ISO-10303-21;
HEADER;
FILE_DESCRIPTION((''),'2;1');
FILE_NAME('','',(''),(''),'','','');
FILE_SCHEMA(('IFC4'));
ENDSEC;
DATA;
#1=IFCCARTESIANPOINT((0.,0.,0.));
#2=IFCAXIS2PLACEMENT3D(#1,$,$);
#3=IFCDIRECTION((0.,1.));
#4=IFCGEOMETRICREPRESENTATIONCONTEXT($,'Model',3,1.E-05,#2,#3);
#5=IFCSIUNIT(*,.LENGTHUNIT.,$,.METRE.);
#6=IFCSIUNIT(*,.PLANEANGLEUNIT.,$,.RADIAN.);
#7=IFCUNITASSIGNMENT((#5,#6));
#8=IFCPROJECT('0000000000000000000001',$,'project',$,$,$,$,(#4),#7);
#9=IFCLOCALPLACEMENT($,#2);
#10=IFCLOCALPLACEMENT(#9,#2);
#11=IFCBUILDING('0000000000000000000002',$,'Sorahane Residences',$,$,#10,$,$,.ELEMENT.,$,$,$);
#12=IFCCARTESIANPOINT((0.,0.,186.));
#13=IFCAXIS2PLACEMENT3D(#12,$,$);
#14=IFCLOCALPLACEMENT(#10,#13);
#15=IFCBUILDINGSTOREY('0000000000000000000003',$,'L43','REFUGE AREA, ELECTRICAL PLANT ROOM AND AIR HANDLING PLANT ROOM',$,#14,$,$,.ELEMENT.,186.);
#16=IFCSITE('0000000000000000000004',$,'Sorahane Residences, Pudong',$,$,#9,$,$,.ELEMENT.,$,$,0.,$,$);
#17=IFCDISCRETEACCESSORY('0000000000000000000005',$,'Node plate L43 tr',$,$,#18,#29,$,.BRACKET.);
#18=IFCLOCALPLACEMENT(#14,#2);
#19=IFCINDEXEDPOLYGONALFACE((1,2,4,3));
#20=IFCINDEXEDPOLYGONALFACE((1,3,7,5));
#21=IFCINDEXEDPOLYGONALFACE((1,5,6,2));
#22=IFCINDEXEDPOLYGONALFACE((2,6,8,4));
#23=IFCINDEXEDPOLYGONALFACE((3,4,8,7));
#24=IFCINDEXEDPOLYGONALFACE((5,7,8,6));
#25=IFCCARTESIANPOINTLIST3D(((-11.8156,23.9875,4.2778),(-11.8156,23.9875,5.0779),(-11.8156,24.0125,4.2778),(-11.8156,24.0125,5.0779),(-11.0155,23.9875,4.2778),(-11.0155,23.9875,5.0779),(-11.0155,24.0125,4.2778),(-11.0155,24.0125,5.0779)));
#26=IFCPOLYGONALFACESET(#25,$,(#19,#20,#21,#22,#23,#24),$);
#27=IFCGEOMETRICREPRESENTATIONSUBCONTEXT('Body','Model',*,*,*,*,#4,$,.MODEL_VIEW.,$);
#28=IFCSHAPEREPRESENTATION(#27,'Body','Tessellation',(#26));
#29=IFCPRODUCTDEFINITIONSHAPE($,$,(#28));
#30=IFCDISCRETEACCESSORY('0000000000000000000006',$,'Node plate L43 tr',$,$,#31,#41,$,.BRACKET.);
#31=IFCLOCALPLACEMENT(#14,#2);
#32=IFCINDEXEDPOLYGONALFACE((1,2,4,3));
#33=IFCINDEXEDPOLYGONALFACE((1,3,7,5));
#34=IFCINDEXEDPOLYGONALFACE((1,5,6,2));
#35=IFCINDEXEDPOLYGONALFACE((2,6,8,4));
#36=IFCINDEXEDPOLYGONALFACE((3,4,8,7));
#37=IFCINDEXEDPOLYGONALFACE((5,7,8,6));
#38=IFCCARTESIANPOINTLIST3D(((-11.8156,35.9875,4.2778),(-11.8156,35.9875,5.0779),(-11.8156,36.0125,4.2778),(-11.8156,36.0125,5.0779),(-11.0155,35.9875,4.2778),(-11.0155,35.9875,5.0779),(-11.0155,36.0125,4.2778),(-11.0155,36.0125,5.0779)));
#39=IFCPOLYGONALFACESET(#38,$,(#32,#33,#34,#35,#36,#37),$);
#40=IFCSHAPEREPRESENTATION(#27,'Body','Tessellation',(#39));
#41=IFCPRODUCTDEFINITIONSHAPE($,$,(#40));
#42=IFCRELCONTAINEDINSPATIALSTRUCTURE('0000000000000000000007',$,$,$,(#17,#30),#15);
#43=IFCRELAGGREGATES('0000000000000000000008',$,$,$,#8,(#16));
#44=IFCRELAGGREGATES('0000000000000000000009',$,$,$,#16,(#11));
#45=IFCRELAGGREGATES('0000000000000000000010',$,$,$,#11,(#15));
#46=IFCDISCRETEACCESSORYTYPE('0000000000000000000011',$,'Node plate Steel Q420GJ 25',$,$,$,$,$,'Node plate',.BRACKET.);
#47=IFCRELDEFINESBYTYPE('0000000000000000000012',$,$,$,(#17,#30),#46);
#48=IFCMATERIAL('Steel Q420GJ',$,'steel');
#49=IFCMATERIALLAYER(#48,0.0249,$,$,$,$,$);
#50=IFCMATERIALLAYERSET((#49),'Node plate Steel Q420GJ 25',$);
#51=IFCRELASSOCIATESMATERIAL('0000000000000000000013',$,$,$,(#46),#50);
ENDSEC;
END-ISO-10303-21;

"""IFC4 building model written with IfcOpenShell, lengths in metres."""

from ifc_helpers import new_model, si_unit, direction, frame, origin, origin_2d, place, context, subcontext, project, spatial, rectangle, extrude, material, layer, layer_set, type_object, element, save


model = new_model("IFC4")

# Units and contexts
model_context = context("Model", 3, precision=1e-05, world=origin(), true_north=direction((0.0, 1.0)))
body_context = subcontext(model_context, "Body", "Model", "MODEL_VIEW")
ifc_project = project(units=[si_unit("LENGTHUNIT", "METRE"), si_unit("PLANEANGLEUNIT", "RADIAN")], contexts=[model_context])

# Site, building, storey
site_placement = place(None, origin())
site = spatial("IfcSite", under=ifc_project, at=site_placement, Name="Sorahane Residences, Pudong", CompositionType="ELEMENT", RefElevation=0.0)
building_placement = place(site_placement, origin())
building = spatial("IfcBuilding", under=site, at=building_placement, Name="Sorahane Residences", CompositionType="ELEMENT")
storey_placement = place(building_placement, frame((0.0, 0.0, 186.0)))
storey = spatial("IfcBuildingStorey", under=building, at=storey_placement, Name="L43", Description="REFUGE AREA, ELECTRICAL PLANT ROOM AND AIR HANDLING PLANT ROOM", CompositionType="ELEMENT", Elevation=186.0)

# Discrete accessories
ifc_material_1 = material(Name="Steel Q420GJ", Category="steel")
ifc_layer_1 = layer(ifc_material_1, 0.0249)
ifc_layer_set_1 = layer_set([ifc_layer_1], Name="Node plate Steel Q420GJ 25")
discrete_accessory_type_1 = type_object("IfcDiscreteAccessoryType", Name="Node plate Steel Q420GJ 25", ElementType="Node plate", PredefinedType="BRACKET", material=ifc_layer_set_1)
for number, where, z_axis, x_axis, name in (
    (1, (-11.4155, 24.0, 4.2778), (0.0, 0.0, 1.0), (1.0, 0.0, 0.0), "Node plate L43 tr"),
    (2, (-11.4155, 36.0, 4.2778), (0.0, 0.0, 1.0), (1.0, 0.0, 0.0), "Node plate L43 tr"),
):
    element("IfcDiscreteAccessory", number, at=place(storey_placement, frame(where, z_axis=z_axis, x_axis=x_axis)), inside=storey, type_object=discrete_accessory_type_1, Name=name, PredefinedType="BRACKET", context=body_context, shape_type="SweptSolid", body=[
        extrude(rectangle(XDim=0.8, YDim=0.0249, at=origin_2d()), origin(), (0.0, 0.0, 1.0), 0.8),
    ])

save(model, "model.ifc")
